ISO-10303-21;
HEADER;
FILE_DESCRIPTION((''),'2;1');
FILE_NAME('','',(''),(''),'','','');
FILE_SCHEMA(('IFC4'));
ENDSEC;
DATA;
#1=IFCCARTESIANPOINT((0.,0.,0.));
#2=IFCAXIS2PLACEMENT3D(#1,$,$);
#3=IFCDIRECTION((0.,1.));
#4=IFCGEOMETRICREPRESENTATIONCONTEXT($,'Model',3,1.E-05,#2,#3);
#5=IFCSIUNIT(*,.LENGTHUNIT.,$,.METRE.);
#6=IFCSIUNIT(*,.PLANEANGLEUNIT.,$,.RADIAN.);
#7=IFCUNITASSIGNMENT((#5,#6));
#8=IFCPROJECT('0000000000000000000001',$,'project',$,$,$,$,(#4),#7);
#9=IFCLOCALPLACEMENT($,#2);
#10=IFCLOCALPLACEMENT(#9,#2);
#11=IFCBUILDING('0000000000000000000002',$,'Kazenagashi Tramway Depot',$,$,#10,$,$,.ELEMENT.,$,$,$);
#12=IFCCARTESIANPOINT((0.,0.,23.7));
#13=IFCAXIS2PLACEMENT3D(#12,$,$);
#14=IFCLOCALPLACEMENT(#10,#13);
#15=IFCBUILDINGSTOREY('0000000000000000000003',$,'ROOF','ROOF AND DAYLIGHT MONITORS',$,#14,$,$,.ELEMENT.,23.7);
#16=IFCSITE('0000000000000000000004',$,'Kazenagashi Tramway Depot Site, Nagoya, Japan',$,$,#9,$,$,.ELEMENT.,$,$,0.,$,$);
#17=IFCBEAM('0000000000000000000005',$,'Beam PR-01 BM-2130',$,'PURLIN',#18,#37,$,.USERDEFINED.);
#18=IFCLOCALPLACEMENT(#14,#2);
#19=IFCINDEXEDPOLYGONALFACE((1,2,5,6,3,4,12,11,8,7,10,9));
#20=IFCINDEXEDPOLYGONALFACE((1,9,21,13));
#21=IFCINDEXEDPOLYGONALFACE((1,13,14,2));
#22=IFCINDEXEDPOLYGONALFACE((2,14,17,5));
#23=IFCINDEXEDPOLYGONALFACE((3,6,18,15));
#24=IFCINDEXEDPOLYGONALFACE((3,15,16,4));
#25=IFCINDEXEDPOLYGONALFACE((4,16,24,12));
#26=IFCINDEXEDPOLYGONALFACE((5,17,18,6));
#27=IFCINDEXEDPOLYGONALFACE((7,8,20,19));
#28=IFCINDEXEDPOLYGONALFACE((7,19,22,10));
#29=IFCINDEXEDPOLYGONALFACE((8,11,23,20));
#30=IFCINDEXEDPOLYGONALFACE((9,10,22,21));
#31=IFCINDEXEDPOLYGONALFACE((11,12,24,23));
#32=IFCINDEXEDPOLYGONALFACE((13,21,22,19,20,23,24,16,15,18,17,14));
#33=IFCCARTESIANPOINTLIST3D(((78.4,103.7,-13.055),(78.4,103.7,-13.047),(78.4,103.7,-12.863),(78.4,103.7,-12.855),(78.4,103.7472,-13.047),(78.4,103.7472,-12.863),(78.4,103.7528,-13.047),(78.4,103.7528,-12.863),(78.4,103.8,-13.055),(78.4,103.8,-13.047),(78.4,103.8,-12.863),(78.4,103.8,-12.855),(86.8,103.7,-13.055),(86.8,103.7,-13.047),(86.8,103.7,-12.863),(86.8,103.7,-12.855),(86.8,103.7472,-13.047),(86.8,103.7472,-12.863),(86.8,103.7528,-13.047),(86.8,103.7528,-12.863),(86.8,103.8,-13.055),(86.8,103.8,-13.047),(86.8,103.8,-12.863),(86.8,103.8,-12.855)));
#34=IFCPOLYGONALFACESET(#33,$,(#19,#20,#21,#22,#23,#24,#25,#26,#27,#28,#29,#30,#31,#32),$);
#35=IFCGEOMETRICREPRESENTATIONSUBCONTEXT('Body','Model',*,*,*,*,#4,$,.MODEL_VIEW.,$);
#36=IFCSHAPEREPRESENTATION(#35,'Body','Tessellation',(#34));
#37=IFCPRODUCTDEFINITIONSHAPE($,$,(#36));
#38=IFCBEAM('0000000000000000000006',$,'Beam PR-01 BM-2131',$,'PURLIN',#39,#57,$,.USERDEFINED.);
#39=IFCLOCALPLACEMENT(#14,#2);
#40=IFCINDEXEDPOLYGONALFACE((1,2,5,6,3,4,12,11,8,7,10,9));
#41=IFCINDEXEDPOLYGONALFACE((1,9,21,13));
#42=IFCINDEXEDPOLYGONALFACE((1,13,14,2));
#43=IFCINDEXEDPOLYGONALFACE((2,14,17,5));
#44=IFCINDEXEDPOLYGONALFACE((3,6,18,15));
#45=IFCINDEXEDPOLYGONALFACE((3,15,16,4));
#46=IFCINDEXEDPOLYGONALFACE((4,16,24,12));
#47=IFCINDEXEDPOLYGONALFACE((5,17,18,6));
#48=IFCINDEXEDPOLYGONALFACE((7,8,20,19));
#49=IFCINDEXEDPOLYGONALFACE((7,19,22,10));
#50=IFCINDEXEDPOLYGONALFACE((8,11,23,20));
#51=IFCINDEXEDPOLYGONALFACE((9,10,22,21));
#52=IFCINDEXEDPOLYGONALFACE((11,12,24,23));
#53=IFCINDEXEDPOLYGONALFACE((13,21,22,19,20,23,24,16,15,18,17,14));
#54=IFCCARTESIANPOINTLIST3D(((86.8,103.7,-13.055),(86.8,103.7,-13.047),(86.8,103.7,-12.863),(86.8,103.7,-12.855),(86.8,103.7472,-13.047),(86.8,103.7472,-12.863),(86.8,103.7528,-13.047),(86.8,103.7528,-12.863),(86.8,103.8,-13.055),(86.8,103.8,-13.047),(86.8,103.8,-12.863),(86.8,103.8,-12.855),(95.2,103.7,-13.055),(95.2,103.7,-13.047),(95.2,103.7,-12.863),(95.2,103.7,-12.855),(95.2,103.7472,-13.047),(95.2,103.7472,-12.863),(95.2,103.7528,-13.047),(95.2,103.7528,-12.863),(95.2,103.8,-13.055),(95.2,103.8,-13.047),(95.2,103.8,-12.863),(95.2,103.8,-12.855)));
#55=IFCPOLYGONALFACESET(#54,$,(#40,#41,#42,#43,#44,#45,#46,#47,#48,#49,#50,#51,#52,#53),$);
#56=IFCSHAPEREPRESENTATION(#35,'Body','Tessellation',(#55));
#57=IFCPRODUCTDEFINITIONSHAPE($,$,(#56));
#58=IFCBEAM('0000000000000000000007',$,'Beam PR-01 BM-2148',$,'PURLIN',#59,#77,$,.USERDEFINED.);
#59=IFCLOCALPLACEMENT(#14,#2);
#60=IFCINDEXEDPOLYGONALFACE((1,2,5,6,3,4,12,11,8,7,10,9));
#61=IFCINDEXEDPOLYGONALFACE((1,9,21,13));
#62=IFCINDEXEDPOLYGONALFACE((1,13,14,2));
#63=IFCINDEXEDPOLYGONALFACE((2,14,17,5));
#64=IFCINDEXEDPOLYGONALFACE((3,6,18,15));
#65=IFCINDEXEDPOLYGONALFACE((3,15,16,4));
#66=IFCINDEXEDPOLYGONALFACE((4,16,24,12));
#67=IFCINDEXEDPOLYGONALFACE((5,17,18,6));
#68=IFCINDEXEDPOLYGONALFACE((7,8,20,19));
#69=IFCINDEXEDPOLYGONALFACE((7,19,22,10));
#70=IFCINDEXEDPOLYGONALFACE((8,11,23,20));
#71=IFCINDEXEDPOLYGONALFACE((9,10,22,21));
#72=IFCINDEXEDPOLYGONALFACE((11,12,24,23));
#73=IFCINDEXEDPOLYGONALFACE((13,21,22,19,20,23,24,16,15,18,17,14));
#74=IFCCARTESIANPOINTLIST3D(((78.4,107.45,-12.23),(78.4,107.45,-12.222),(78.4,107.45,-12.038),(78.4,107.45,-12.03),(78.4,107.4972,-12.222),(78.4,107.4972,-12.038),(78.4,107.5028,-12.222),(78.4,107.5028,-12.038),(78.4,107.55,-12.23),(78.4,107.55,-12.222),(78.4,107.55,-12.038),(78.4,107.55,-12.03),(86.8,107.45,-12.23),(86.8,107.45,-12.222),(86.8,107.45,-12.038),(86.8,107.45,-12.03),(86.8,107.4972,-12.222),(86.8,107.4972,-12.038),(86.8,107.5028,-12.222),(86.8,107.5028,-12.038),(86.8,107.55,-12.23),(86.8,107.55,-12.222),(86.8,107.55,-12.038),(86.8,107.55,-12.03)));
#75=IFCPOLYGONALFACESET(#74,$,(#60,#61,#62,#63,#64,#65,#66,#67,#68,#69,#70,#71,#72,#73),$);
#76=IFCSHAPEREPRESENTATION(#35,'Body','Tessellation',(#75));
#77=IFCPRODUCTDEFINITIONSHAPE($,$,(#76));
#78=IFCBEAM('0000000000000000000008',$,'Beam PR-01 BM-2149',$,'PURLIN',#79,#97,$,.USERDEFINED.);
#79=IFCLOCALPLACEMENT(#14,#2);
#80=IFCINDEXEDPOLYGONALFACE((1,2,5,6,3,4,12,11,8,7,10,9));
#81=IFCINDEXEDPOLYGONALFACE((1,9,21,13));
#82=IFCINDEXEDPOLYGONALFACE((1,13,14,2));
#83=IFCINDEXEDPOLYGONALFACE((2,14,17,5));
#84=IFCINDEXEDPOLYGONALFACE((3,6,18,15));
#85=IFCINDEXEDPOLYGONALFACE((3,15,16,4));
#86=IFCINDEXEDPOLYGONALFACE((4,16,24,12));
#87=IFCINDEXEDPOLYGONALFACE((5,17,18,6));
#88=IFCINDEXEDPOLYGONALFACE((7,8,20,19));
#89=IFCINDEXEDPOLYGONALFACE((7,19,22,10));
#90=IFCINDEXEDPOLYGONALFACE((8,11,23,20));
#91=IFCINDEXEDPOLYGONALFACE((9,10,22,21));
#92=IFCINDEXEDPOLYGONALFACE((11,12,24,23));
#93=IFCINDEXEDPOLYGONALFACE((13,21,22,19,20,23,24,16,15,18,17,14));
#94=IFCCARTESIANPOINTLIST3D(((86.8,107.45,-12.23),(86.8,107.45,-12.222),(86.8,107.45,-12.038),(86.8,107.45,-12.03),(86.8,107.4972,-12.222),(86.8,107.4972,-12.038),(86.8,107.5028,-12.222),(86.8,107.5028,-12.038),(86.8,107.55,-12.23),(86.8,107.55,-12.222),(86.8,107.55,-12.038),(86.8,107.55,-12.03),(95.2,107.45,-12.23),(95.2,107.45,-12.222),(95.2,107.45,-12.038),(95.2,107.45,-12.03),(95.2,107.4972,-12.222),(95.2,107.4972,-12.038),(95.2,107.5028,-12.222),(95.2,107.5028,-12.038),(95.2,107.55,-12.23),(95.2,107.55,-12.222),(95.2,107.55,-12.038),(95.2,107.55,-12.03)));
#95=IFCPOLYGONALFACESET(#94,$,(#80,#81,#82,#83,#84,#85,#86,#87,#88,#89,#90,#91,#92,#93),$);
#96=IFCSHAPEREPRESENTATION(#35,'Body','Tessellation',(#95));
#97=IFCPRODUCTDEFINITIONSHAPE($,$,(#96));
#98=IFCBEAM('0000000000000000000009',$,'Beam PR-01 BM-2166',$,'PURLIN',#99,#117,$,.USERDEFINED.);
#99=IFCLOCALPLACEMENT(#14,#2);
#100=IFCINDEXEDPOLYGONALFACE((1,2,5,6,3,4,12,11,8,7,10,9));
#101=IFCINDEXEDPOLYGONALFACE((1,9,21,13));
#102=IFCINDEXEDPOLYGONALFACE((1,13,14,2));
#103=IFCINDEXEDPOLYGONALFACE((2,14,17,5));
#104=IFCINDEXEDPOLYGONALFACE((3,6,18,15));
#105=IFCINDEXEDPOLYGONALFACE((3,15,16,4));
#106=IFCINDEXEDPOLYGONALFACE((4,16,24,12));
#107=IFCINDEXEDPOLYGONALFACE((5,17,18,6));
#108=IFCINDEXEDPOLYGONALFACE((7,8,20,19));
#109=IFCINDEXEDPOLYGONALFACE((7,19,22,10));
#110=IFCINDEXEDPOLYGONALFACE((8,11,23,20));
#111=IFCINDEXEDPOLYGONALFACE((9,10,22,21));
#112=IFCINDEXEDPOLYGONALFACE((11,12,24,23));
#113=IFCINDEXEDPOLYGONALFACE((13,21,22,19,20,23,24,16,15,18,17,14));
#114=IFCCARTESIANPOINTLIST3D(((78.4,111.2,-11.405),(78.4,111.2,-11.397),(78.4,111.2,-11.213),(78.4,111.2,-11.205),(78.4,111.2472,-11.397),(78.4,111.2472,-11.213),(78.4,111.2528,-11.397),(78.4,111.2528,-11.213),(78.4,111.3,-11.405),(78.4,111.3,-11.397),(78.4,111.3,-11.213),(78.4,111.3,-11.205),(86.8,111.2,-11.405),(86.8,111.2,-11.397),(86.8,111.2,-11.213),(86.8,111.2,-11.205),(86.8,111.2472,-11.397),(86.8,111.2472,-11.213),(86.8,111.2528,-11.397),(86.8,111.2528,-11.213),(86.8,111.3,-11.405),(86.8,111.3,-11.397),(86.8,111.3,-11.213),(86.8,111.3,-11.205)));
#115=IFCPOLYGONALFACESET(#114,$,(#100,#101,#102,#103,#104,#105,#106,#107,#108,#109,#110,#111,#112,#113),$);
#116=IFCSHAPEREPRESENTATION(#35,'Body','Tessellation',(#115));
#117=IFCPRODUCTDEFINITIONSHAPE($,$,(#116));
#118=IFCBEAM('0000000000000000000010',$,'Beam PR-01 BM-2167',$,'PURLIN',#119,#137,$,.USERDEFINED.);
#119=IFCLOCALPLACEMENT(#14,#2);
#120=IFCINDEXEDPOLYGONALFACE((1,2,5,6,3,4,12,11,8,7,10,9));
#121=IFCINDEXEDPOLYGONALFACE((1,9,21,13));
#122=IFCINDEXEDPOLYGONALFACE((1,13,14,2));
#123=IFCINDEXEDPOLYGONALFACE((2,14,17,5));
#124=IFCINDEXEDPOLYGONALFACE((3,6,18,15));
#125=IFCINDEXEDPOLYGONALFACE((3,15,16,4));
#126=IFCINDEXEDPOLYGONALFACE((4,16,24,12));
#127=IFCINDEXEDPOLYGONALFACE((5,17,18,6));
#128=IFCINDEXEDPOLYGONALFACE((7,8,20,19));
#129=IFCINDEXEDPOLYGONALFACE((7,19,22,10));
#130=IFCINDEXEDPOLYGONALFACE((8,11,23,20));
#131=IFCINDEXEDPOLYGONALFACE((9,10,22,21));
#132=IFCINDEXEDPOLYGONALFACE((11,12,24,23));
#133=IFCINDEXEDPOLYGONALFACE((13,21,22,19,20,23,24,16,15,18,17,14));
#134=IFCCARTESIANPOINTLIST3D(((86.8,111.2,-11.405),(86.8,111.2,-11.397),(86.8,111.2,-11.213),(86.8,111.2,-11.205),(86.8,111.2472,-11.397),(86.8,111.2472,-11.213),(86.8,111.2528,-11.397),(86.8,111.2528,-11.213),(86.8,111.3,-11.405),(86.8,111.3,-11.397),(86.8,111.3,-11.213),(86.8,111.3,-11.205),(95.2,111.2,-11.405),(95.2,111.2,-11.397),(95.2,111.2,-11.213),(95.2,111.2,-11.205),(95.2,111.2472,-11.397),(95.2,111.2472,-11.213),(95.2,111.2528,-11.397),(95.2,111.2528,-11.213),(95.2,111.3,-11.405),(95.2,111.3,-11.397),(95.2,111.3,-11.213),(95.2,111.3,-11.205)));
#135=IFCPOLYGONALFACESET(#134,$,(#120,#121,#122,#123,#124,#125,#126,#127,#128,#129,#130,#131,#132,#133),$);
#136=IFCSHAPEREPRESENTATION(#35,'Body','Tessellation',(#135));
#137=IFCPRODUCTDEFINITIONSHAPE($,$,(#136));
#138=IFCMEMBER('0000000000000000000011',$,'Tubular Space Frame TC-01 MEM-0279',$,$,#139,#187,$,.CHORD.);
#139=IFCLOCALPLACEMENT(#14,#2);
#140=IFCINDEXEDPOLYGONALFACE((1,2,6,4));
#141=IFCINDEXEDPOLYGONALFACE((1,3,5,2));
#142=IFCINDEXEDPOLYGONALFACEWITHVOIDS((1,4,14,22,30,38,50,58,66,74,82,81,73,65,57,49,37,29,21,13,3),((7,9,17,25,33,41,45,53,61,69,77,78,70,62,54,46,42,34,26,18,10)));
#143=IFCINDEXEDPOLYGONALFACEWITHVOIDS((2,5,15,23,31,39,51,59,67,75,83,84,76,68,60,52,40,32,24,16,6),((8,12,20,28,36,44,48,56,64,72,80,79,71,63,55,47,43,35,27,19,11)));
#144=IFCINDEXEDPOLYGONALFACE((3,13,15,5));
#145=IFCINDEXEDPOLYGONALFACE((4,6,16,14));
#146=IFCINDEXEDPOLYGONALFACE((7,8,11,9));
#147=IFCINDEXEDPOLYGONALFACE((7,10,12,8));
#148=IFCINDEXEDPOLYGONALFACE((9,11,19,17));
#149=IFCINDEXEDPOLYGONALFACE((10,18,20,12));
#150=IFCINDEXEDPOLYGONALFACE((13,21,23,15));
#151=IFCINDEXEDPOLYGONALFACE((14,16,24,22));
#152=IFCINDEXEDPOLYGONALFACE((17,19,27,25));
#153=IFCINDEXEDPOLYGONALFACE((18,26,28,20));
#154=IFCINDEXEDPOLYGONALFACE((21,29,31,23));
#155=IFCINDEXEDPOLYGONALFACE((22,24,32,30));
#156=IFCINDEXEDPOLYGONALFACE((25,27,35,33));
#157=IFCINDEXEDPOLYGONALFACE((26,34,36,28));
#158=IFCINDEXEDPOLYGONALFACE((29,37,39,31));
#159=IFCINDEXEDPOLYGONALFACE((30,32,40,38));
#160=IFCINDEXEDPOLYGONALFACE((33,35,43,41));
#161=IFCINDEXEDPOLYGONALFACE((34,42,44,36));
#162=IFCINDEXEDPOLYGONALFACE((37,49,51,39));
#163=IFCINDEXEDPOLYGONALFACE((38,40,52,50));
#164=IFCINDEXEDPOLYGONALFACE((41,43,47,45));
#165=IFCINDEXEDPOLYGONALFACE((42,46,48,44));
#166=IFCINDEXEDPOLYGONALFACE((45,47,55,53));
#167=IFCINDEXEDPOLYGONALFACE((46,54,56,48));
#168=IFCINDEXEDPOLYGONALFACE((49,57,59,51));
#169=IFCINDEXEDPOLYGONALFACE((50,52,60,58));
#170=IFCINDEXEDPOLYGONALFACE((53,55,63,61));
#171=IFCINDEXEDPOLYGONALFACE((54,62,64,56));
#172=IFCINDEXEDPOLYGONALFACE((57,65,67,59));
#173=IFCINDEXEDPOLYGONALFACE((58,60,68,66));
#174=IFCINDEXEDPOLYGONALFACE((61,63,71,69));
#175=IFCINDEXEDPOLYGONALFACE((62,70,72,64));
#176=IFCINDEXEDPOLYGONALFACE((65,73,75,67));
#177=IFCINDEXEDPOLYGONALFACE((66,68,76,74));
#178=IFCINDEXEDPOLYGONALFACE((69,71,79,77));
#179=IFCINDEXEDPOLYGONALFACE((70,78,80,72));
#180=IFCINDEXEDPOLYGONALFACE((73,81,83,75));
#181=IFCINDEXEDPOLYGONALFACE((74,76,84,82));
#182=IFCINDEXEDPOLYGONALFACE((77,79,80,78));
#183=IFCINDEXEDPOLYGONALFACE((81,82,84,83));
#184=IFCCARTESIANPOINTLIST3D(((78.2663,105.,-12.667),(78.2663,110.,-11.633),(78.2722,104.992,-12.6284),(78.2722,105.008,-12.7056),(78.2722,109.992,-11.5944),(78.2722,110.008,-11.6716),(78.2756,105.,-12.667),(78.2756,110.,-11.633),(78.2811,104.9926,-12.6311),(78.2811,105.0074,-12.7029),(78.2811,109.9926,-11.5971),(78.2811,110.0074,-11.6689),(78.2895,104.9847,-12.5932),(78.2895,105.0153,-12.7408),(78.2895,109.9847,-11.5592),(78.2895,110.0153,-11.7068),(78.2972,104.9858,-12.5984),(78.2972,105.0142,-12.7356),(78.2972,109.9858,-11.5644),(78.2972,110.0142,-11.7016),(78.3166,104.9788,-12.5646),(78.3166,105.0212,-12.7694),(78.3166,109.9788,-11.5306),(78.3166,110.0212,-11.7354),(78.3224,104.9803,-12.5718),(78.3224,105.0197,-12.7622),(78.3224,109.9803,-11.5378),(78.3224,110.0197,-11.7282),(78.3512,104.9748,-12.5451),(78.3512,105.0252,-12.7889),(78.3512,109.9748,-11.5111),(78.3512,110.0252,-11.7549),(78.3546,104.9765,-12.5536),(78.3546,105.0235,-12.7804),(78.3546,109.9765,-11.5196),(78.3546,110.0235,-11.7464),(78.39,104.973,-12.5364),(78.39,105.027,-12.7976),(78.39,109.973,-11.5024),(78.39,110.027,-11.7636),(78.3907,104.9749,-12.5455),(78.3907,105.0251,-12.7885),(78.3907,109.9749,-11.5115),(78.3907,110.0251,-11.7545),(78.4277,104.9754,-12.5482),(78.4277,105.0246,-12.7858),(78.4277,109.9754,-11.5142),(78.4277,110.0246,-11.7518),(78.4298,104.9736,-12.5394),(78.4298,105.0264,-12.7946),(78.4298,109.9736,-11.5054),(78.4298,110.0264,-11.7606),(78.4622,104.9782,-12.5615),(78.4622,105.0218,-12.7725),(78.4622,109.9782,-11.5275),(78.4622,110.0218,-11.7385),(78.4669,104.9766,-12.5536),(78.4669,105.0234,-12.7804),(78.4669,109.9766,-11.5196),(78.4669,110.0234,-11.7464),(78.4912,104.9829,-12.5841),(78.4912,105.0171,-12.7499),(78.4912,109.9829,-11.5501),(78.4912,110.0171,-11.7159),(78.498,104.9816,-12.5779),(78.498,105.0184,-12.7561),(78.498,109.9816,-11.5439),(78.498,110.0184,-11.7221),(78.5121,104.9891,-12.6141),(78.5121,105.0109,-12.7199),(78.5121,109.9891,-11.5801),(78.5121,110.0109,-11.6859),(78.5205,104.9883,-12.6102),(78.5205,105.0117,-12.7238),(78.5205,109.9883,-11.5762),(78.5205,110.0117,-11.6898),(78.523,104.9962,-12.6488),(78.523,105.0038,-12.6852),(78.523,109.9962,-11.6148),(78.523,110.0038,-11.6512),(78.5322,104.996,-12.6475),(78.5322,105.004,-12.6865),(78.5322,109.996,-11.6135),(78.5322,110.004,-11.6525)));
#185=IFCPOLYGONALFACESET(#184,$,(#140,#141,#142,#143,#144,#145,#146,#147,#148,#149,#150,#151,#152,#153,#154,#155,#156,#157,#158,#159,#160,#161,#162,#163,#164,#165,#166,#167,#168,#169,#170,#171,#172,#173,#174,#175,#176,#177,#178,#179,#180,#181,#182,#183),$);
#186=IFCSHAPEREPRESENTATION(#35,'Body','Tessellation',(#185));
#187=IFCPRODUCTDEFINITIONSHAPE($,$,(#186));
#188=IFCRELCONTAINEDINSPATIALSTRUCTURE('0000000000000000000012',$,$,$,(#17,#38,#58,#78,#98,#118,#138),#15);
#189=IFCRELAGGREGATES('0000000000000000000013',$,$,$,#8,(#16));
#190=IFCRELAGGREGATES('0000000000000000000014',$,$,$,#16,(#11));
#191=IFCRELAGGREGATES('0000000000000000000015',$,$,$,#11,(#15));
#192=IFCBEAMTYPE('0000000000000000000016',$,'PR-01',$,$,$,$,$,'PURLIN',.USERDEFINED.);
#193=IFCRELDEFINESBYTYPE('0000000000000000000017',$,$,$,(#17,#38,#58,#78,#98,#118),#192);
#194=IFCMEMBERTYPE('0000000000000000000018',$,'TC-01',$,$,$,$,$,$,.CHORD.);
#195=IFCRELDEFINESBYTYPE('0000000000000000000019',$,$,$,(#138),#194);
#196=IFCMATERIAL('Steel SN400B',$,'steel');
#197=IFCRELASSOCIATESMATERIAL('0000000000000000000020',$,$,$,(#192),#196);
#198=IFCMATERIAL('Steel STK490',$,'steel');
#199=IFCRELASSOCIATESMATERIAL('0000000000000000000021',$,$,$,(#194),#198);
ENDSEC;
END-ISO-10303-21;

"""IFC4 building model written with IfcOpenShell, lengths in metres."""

from ifc_helpers import new_model, si_unit, direction, frame, origin, origin_2d, place, context, subcontext, project, spatial, hollow_circle, i_section, extrude, material, material_profile, profile_set, type_object, element, save


model = new_model("IFC4")

# Units and contexts
model_context = context("Model", 3, precision=1e-05, world=origin(), true_north=direction((0.0, 1.0)))
body_context = subcontext(model_context, "Body", "Model", "MODEL_VIEW")
ifc_project = project(units=[si_unit("LENGTHUNIT", "METRE"), si_unit("PLANEANGLEUNIT", "RADIAN")], contexts=[model_context])

# Site, building, storey
site_placement = place(None, origin())
site = spatial("IfcSite", under=ifc_project, at=site_placement, Name="Kazenagashi Tramway Depot Site, Nagoya, Japan", CompositionType="ELEMENT", RefElevation=0.0)
building_placement = place(site_placement, origin())
building = spatial("IfcBuilding", under=site, at=building_placement, Name="Kazenagashi Tramway Depot", CompositionType="ELEMENT")
storey_placement = place(building_placement, frame((0.0, 0.0, 23.7)))
storey = spatial("IfcBuildingStorey", under=building, at=storey_placement, Name="ROOF", Description="ROOF AND DAYLIGHT MONITORS", CompositionType="ELEMENT", Elevation=23.7)

# Beams
ifc_material_1 = material(Name="Steel SN400B", Category="steel")
ifc_material_profile_1 = material_profile(ifc_material_1, i_section(OverallWidth=0.1, OverallDepth=0.2, WebThickness=0.0055, FlangeThickness=0.008, at=origin_2d()), Name="H-200x100x5.5x8")
ifc_profile_set_1 = profile_set([ifc_material_profile_1], Name="Steel SN400B")
beam_type = type_object("IfcBeamType", Name="PR-01", ElementType="PURLIN", PredefinedType="USERDEFINED", material=ifc_profile_set_1)
for number, where, z_axis, x_axis, name in (
    (1, (78.4, 103.75, -12.955), (1.0, 0.0, 0.0), (0.0, 1.0, 0.0), "Beam PR-01 BM-2130"),
    (2, (86.8, 103.75, -12.955), (1.0, 0.0, 0.0), (0.0, 1.0, 0.0), "Beam PR-01 BM-2131"),
    (3, (78.4, 107.5, -12.13), (1.0, 0.0, 0.0), (0.0, 1.0, 0.0), "Beam PR-01 BM-2148"),
    (4, (86.8, 107.5, -12.13), (1.0, 0.0, 0.0), (0.0, 1.0, 0.0), "Beam PR-01 BM-2149"),
    (5, (78.4, 111.25, -11.305), (1.0, 0.0, 0.0), (0.0, 1.0, 0.0), "Beam PR-01 BM-2166"),
    (6, (86.8, 111.25, -11.305), (1.0, 0.0, 0.0), (0.0, 1.0, 0.0), "Beam PR-01 BM-2167"),
):
    element("IfcBeam", number, at=place(storey_placement, frame(where, z_axis=z_axis, x_axis=x_axis)), inside=storey, type_object=beam_type, Name=name, ObjectType="PURLIN", PredefinedType="USERDEFINED", context=body_context, shape_type="SweptSolid", body=[
        extrude(i_section(OverallWidth=0.1, OverallDepth=0.2, WebThickness=0.0055, FlangeThickness=0.008, at=origin_2d()), origin(), (0.0, 0.0, 1.0), 8.4),
    ])

# Member
ifc_material_2 = material(Name="Steel STK490", Category="steel")
ifc_material_profile_2 = material_profile(ifc_material_2, hollow_circle(Radius=0.1337, WallThickness=0.0093, at=origin_2d()), Name="CHS-267.4x9.3")
ifc_profile_set_2 = profile_set([ifc_material_profile_2], Name="Steel STK490")
member_type_1 = type_object("IfcMemberType", Name="TC-01", PredefinedType="CHORD", material=ifc_profile_set_2)
member_1_placement = place(storey_placement, frame((78.4, 105.0, -12.667), z_axis=(0.0, 0.979279, 0.202515), x_axis=(-1.0, 0.0, 0.0)))
element("IfcMember", 7, at=member_1_placement, inside=storey, type_object=member_type_1, Name="Tubular Space Frame TC-01 MEM-0279", PredefinedType="CHORD", context=body_context, shape_type="SweptSolid", body=[
    extrude(hollow_circle(Radius=0.1337, WallThickness=0.0093, at=origin_2d()), origin(), (0.0, 0.0, 1.0), 5.1058),
])

save(model, "model.ifc")
